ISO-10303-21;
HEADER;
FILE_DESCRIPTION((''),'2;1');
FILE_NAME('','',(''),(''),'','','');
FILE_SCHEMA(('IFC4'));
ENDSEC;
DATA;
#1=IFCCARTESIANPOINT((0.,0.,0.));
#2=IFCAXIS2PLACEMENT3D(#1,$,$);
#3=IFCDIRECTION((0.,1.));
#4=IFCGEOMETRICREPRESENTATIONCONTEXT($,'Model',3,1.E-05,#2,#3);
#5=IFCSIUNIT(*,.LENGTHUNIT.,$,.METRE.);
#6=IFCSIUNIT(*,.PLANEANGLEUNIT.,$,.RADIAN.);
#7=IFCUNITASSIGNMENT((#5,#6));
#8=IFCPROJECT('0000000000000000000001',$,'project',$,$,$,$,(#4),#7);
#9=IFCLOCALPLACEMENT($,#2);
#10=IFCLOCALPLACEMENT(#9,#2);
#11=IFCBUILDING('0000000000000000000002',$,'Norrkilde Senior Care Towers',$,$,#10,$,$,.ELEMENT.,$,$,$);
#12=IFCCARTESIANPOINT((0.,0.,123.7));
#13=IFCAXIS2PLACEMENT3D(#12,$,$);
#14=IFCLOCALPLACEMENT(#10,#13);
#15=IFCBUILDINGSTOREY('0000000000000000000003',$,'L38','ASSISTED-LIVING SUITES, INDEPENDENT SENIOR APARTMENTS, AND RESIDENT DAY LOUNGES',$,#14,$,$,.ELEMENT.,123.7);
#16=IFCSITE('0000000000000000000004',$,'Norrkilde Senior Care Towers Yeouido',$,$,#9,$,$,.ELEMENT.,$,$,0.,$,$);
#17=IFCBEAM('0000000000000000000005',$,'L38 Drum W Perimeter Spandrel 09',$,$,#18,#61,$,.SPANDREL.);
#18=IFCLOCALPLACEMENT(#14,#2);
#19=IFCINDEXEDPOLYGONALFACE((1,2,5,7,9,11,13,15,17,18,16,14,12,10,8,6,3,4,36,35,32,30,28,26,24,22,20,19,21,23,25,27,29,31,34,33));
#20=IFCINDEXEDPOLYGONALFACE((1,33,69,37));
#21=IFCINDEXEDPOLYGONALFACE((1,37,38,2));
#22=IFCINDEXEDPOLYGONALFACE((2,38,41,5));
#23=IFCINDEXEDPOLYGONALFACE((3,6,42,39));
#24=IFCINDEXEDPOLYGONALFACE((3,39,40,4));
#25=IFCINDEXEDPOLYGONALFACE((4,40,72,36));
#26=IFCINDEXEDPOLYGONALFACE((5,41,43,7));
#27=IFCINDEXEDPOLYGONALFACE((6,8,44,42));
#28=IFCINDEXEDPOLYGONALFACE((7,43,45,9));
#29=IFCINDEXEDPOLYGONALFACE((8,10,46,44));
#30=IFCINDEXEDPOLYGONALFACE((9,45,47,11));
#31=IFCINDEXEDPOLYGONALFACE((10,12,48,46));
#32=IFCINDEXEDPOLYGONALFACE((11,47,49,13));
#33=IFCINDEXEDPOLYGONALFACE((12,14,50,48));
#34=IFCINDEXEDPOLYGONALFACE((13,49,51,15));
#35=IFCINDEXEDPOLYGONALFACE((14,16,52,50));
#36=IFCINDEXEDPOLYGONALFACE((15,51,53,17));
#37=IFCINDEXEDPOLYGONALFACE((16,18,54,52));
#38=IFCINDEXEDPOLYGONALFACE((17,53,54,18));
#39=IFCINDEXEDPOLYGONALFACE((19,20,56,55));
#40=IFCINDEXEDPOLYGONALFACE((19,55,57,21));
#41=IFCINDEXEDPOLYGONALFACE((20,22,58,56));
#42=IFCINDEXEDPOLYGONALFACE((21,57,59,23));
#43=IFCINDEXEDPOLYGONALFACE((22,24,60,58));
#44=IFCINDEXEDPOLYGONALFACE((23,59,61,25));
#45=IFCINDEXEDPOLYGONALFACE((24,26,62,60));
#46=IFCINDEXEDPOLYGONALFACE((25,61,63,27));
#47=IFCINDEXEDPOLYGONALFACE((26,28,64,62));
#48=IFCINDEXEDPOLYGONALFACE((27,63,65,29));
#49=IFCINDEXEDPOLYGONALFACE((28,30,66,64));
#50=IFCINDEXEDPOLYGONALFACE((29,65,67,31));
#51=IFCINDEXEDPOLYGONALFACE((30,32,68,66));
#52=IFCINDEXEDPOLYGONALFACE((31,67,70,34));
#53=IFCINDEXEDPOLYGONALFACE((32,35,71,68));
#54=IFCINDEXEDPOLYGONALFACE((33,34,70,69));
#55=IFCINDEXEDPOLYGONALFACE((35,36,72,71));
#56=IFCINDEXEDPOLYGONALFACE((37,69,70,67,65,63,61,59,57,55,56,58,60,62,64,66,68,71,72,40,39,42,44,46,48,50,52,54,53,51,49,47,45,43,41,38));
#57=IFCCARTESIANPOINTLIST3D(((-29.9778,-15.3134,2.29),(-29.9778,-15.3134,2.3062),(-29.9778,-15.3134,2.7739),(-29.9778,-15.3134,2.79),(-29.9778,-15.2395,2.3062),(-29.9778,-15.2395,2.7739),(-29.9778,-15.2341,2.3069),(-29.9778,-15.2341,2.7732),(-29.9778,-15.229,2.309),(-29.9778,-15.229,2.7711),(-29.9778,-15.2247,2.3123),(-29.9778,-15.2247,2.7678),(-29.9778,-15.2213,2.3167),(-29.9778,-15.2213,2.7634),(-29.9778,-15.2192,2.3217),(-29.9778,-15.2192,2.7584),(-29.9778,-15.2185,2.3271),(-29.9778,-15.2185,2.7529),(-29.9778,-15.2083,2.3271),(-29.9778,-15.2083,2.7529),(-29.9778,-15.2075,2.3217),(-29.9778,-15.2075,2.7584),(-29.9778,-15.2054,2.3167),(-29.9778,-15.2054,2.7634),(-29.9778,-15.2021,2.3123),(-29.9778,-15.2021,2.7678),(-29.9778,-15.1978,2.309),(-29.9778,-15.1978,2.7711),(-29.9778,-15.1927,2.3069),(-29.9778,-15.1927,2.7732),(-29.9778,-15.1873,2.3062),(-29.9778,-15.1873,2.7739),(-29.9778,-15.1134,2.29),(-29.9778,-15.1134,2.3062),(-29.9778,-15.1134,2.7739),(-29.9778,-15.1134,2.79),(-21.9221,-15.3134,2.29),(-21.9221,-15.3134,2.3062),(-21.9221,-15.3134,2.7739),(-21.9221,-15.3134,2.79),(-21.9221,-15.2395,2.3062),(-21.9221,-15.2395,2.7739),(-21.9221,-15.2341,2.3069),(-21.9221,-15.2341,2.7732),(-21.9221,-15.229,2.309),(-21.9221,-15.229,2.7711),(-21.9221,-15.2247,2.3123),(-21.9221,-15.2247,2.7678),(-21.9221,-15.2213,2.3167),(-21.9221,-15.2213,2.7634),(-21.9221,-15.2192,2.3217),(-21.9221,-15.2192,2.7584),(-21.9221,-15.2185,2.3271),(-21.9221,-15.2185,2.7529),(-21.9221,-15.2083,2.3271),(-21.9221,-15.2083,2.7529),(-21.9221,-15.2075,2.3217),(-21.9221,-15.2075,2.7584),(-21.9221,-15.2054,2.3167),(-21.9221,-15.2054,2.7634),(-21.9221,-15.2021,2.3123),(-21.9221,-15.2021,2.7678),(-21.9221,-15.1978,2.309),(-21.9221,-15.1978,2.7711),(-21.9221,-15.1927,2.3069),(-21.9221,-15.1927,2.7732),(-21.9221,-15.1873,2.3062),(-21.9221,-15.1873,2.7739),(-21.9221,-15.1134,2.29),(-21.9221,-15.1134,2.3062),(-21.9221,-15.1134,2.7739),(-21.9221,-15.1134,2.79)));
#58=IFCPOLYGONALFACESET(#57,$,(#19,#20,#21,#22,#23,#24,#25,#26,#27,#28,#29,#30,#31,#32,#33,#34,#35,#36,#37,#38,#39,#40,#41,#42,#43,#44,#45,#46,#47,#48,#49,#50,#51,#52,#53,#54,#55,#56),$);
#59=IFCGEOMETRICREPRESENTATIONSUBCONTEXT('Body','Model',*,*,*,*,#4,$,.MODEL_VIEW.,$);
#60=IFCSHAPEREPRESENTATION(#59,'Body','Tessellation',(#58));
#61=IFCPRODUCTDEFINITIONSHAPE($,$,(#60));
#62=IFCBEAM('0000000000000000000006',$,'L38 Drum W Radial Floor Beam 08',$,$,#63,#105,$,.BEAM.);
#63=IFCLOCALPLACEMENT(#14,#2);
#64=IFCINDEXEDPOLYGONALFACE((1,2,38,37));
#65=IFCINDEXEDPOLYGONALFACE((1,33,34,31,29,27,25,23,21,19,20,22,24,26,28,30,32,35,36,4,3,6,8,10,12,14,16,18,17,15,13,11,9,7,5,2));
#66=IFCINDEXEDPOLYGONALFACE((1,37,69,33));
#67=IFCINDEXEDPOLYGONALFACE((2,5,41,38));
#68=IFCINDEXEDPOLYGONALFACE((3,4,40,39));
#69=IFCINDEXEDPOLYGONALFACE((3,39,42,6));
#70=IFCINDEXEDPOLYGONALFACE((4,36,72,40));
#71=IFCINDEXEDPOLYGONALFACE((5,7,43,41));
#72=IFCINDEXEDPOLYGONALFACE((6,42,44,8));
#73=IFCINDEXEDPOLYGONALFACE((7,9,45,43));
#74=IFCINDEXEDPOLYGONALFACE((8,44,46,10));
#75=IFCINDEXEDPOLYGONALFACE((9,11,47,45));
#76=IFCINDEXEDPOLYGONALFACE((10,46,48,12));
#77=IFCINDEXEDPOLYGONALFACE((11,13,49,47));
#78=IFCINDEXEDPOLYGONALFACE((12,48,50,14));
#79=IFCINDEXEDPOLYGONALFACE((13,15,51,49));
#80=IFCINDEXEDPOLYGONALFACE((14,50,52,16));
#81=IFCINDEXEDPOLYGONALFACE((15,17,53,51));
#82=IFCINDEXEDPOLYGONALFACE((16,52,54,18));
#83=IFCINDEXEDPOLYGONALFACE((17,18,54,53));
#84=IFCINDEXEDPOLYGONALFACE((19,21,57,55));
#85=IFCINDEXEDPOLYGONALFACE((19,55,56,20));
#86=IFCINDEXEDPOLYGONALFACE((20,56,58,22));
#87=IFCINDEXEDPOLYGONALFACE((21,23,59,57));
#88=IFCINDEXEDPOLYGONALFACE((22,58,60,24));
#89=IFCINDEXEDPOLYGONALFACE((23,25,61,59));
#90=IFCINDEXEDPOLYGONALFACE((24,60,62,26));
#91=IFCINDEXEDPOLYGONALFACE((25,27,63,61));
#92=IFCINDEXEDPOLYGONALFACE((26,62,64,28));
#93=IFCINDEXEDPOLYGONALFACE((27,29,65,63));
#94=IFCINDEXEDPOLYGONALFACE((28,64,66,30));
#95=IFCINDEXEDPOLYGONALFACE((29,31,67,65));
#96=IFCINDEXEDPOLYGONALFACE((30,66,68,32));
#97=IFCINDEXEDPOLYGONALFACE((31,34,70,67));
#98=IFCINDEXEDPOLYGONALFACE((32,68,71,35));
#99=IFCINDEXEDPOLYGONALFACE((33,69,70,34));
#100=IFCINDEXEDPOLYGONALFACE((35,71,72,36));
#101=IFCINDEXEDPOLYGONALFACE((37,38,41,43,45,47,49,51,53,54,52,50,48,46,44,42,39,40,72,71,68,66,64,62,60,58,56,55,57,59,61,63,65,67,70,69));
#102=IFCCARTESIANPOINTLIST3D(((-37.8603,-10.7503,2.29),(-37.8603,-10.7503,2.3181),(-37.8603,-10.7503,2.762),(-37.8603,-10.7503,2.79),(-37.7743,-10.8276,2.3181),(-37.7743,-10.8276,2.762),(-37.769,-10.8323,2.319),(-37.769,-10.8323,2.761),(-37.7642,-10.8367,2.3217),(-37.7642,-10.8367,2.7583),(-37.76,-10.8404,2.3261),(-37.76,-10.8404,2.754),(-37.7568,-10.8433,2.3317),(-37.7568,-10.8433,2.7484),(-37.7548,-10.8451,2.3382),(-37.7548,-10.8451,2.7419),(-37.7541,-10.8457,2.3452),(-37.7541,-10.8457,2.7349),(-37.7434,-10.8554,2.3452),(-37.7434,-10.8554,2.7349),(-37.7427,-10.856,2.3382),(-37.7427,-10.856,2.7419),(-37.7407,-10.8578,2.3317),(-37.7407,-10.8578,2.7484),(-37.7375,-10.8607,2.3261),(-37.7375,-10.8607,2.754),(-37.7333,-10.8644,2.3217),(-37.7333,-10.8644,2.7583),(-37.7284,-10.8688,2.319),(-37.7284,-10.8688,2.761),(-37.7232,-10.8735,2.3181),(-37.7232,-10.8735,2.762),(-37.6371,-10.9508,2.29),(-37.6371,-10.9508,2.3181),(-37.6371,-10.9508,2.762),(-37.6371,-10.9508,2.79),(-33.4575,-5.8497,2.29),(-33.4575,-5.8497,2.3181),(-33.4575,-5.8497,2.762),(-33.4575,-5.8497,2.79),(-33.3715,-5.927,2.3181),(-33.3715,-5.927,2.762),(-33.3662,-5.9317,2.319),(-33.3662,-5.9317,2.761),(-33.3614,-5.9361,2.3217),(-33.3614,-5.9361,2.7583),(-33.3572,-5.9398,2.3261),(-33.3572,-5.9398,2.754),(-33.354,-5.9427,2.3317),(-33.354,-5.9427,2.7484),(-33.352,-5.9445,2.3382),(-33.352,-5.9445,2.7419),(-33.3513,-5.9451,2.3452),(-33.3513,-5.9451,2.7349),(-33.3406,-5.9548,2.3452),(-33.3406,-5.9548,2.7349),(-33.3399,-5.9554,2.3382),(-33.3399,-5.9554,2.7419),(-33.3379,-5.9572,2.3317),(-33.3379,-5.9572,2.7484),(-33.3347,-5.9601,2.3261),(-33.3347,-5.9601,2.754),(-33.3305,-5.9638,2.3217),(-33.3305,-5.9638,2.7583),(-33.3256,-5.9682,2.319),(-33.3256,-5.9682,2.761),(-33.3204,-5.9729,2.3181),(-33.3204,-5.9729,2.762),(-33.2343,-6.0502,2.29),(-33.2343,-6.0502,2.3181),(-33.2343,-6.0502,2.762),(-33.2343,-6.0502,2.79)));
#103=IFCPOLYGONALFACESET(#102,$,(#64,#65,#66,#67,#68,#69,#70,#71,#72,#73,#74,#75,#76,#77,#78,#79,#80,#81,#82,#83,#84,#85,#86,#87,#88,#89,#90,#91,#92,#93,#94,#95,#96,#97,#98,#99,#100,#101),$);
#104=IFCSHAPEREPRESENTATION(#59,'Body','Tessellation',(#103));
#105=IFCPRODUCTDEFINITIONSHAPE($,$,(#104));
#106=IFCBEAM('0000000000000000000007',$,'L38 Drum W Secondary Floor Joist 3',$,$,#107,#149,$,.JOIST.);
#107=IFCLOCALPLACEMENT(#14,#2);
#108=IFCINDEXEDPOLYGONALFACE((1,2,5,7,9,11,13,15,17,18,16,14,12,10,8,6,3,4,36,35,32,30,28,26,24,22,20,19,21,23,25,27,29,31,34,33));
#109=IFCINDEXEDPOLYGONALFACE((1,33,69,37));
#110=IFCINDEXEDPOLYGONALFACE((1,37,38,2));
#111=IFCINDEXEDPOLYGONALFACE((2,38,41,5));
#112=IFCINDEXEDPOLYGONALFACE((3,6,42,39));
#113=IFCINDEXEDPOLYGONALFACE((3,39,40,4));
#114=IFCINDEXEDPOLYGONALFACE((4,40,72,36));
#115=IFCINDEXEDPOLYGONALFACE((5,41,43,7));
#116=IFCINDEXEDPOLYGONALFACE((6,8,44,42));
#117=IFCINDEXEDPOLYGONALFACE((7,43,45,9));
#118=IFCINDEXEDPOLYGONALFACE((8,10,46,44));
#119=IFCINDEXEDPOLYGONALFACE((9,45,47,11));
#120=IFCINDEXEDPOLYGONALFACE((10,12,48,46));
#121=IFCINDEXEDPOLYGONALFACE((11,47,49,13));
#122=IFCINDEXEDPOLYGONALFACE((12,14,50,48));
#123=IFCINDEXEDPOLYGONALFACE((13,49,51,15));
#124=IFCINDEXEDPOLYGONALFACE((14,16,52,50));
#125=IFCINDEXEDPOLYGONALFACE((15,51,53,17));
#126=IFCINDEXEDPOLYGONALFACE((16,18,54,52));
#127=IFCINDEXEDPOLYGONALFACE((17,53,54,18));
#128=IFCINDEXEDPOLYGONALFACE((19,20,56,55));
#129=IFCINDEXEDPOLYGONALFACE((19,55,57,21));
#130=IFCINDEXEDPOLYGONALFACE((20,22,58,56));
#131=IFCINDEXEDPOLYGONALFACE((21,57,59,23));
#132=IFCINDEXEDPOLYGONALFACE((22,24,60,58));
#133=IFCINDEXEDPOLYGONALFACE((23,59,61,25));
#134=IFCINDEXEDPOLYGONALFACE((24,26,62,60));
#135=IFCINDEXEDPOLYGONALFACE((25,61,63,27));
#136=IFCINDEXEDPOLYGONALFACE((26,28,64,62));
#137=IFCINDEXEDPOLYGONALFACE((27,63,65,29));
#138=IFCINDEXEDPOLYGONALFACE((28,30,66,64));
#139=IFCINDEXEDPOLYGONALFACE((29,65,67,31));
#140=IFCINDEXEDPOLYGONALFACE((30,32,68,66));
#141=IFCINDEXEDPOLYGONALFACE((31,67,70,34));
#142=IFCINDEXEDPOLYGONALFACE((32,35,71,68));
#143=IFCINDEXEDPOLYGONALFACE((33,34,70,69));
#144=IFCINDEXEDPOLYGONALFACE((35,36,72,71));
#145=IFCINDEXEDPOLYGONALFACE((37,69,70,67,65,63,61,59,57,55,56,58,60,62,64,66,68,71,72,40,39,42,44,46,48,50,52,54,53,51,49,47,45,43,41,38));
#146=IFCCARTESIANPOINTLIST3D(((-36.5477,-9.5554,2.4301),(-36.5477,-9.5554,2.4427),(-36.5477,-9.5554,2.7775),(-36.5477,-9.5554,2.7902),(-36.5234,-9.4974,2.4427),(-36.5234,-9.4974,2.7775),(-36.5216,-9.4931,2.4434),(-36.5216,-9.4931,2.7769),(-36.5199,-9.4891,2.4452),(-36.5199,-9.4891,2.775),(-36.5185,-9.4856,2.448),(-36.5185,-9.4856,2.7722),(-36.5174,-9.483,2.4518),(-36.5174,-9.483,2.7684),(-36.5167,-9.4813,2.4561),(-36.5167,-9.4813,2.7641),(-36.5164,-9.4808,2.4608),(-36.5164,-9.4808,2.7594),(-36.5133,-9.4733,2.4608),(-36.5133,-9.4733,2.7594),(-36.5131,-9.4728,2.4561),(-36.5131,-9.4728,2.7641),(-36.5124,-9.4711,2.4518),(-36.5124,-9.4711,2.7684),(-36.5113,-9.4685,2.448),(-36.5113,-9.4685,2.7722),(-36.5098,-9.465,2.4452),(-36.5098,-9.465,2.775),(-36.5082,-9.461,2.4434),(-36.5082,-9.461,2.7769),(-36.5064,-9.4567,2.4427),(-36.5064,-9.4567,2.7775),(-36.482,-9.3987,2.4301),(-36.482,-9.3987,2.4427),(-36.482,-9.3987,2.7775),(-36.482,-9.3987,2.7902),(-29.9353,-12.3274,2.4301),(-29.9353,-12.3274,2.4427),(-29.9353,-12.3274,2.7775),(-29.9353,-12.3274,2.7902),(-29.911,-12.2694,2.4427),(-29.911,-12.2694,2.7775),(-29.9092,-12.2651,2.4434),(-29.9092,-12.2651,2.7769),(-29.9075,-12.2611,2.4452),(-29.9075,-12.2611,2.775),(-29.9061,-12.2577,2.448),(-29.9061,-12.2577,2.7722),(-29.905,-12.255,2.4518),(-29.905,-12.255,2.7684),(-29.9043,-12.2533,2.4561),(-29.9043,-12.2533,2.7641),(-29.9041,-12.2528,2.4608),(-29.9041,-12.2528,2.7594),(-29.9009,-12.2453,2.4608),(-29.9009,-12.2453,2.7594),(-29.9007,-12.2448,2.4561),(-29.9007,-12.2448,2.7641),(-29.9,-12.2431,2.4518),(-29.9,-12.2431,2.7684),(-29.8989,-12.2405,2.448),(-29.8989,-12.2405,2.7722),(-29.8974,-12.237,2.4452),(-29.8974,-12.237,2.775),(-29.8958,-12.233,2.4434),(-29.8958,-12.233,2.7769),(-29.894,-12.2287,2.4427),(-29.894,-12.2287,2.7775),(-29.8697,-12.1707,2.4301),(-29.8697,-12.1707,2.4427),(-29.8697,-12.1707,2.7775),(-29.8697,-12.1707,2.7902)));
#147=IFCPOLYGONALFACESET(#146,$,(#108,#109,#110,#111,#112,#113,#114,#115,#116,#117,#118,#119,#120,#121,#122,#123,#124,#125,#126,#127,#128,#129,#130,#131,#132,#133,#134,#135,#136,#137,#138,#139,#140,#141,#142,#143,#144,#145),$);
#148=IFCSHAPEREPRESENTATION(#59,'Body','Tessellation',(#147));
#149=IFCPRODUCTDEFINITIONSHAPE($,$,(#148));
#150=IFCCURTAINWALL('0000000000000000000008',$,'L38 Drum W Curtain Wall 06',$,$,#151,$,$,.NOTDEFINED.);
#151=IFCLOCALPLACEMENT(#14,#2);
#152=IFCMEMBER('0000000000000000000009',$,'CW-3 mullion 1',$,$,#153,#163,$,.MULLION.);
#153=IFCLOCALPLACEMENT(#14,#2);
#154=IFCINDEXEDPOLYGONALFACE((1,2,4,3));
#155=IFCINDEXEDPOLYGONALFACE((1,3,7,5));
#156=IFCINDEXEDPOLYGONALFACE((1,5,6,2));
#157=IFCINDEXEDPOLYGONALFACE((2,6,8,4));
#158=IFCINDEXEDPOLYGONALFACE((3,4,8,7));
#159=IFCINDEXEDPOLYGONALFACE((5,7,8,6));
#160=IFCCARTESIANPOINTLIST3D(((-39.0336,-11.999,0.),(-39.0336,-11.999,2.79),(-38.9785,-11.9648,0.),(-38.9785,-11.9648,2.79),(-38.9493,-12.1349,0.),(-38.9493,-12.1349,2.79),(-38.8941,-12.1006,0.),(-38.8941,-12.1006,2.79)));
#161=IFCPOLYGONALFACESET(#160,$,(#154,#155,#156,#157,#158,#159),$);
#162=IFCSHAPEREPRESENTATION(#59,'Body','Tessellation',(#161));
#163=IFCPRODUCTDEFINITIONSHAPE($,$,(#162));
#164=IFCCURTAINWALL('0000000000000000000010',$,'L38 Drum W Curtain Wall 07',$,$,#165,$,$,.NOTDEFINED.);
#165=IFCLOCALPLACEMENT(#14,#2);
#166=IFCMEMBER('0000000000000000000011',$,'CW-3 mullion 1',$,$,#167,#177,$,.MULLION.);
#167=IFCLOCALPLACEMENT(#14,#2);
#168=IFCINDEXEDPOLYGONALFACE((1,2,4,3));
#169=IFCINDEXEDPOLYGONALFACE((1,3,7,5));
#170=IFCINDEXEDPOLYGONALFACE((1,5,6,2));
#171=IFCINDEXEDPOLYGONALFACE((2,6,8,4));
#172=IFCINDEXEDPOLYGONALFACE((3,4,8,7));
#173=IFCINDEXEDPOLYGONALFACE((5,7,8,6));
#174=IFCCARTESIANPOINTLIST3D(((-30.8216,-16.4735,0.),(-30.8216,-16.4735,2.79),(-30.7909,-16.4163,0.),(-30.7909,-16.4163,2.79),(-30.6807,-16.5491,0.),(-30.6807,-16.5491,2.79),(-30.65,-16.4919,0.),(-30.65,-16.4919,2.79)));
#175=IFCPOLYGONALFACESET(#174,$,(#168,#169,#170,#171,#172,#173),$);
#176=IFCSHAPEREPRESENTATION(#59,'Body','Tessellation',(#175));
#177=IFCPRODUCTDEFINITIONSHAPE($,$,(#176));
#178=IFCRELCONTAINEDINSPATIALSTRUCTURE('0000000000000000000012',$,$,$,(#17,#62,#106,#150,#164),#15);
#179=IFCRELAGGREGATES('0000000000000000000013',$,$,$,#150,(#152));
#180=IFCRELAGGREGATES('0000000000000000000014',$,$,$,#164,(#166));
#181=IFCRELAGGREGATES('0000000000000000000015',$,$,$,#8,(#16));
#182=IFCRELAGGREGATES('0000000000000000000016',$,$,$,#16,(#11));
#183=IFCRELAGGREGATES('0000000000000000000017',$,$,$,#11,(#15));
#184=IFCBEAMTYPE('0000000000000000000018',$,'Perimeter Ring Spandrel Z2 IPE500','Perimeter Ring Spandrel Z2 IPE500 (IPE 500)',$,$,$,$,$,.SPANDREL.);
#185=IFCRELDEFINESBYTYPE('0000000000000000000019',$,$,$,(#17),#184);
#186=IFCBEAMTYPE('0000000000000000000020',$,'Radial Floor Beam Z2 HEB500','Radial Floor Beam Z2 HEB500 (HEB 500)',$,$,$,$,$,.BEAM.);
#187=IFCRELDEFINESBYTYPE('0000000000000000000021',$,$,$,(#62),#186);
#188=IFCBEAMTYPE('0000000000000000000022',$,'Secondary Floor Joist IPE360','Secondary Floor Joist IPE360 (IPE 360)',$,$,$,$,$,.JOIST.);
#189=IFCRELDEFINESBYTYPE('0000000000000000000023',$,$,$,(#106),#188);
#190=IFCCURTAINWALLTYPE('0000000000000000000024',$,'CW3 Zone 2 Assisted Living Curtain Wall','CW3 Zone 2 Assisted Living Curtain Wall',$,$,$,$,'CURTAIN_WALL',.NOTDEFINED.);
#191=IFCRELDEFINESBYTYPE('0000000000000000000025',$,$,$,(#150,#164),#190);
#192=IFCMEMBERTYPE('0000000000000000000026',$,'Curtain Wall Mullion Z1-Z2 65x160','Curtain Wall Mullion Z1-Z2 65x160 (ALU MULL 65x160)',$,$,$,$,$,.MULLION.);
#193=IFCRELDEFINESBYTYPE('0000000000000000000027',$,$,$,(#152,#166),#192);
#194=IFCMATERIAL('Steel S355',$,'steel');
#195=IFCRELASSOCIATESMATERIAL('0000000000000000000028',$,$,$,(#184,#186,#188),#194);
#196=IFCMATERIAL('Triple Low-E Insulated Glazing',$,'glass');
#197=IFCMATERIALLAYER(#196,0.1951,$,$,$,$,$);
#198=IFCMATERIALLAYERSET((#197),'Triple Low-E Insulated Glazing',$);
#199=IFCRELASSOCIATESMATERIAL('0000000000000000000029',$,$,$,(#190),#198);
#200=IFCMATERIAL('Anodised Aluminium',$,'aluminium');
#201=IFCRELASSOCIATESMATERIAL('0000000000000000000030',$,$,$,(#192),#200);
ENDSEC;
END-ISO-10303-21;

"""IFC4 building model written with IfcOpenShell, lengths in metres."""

from ifc_helpers import new_model, si_unit, direction, frame, origin, origin_2d, place, context, subcontext, project, spatial, rectangle, i_section, extrude, source, transform, mapped, material, layer, layer_set, material_profile, profile_set, type_object, type_shapes, element, aggregate, save


model = new_model("IFC4")

# Units and contexts
model_context = context("Model", 3, precision=1e-05, world=origin(), true_north=direction((0.0, 1.0)))
body_context = subcontext(model_context, "Body", "Model", "MODEL_VIEW")
ifc_project = project(units=[si_unit("LENGTHUNIT", "METRE"), si_unit("PLANEANGLEUNIT", "RADIAN")], contexts=[model_context])

# Site, building, storey
site_placement = place(None, origin())
site = spatial("IfcSite", under=ifc_project, at=site_placement, Name="Norrkilde Senior Care Towers Yeouido", CompositionType="ELEMENT", RefElevation=0.0)
building_placement = place(site_placement, origin())
building = spatial("IfcBuilding", under=site, at=building_placement, Name="Norrkilde Senior Care Towers", CompositionType="ELEMENT")
storey_placement = place(building_placement, frame((0.0, 0.0, 123.7)))
storey = spatial("IfcBuildingStorey", under=building, at=storey_placement, Name="L38", Description="ASSISTED-LIVING SUITES, INDEPENDENT SENIOR APARTMENTS, AND RESIDENT DAY LOUNGES", CompositionType="ELEMENT", Elevation=123.7)

# Beams
ifc_material_1 = material(Name="Steel S355", Category="steel")
ifc_material_profile_1 = material_profile(ifc_material_1, i_section(OverallWidth=0.2, OverallDepth=0.5, WebThickness=0.0103, FlangeThickness=0.0161, FilletRadius=0.021, at=origin_2d()), Name="IPE 500")
ifc_profile_set_1 = profile_set([ifc_material_profile_1], Name="Steel S355")
beam_type_1 = type_object("IfcBeamType", Name="Perimeter Ring Spandrel Z2 IPE500", Description="Perimeter Ring Spandrel Z2 IPE500 (IPE 500)", PredefinedType="SPANDREL", material=ifc_profile_set_1)
shared_shape_1 = source(origin(), body_context, "Body", "SweptSolid", [
    extrude(i_section(OverallWidth=0.2, OverallDepth=0.5, WebThickness=0.0103, FlangeThickness=0.0161, FilletRadius=0.021, at=origin_2d()), origin(), (0.0, 0.0, 1.0), 8.0557),
])
beam_1_placement = place(storey_placement, frame((-29.9778, -15.2134, 2.54), z_axis=(1.0, 0.0, 0.0), x_axis=(0.0, 1.0, 0.0)))
element("IfcBeam", 1, at=beam_1_placement, inside=storey, type_object=beam_type_1, Name="L38 Drum W Perimeter Spandrel 09", PredefinedType="SPANDREL", context=body_context, shape_type="MappedRepresentation", body=[
    mapped(shared_shape_1, transform((0.0, 0.0, 0.0), x_axis=(1.0, 0.0, 0.0), y_axis=(0.0, 1.0, 0.0), z_axis=(0.0, 0.0, 1.0), scale=1.0)),
])
ifc_material_profile_2 = material_profile(ifc_material_1, i_section(OverallWidth=0.3, OverallDepth=0.5, WebThickness=0.0144, FlangeThickness=0.0281, FilletRadius=0.0271, at=origin_2d()), Name="HEB 500")
ifc_profile_set_2 = profile_set([ifc_material_profile_2], Name="Steel S355")
beam_type_2 = type_object("IfcBeamType", Name="Radial Floor Beam Z2 HEB500", Description="Radial Floor Beam Z2 HEB500 (HEB 500)", PredefinedType="BEAM", material=ifc_profile_set_2)
shared_shape_2 = source(origin(), body_context, "Body", "SweptSolid", [
    extrude(i_section(OverallWidth=0.3, OverallDepth=0.5, WebThickness=0.0144, FlangeThickness=0.0281, FilletRadius=0.0271, at=origin_2d()), origin(), (0.0, 0.0, 1.0), 6.5879),
])
type_shapes(beam_type_2, [shared_shape_2])
beam_2_placement = place(storey_placement, frame((-33.3459, -5.95, 2.54), z_axis=(-0.668315, -0.743878, 0.0), x_axis=(0.743878, -0.668315, 0.0)))
element("IfcBeam", 2, at=beam_2_placement, inside=storey, type_object=beam_type_2, Name="L38 Drum W Radial Floor Beam 08", PredefinedType="BEAM", context=body_context, shape_type="MappedRepresentation", body=[
    mapped(shared_shape_2, transform((0.0, 0.0, 0.0), x_axis=(1.0, 0.0, 0.0), y_axis=(0.0, 1.0, 0.0), z_axis=(0.0, 0.0, 1.0), scale=1.0)),
])
ifc_material_profile_3 = material_profile(ifc_material_1, i_section(OverallWidth=0.1699, OverallDepth=0.3601, WebThickness=0.0081, FlangeThickness=0.0127, FilletRadius=0.0181, at=origin_2d()), Name="IPE 360")
ifc_profile_set_3 = profile_set([ifc_material_profile_3], Name="Steel S355")
beam_type_3 = type_object("IfcBeamType", Name="Secondary Floor Joist IPE360", Description="Secondary Floor Joist IPE360 (IPE 360)", PredefinedType="JOIST", material=ifc_profile_set_3)
shared_shape_3 = source(origin(), body_context, "Body", "SweptSolid", [
    extrude(i_section(OverallWidth=0.1699, OverallDepth=0.3601, WebThickness=0.0081, FlangeThickness=0.0127, FilletRadius=0.0181, at=origin_2d()), origin(), (0.0, 0.0, 1.0), 7.1699),
])
type_shapes(beam_type_3, [shared_shape_3])
beam_3_placement = place(storey_placement, frame((-36.5149, -9.4771, 2.6101), z_axis=(0.922241, -0.386616, 0.0), x_axis=(0.386616, 0.922241, 0.0)))
element("IfcBeam", 3, at=beam_3_placement, inside=storey, type_object=beam_type_3, Name="L38 Drum W Secondary Floor Joist 3", PredefinedType="JOIST", context=body_context, shape_type="MappedRepresentation", body=[
    mapped(shared_shape_3, transform((0.0, 0.0, 0.0), x_axis=(1.0, 0.0, 0.0), y_axis=(0.0, 1.0, 0.0), z_axis=(0.0, 0.0, 1.0), scale=1.0)),
])

# Curtain wall, member
ifc_material_2 = material(Name="Triple Low-E Insulated Glazing", Category="glass")
ifc_layer_1 = layer(ifc_material_2, 0.1951)
ifc_layer_set_1 = layer_set([ifc_layer_1], Name="Triple Low-E Insulated Glazing")
curtain_wall_type = type_object("IfcCurtainWallType", Name="CW3 Zone 2 Assisted Living Curtain Wall", Description="CW3 Zone 2 Assisted Living Curtain Wall", ElementType="CURTAIN_WALL", PredefinedType="NOTDEFINED", material=ifc_layer_set_1)
curtain_wall_1_placement = place(storey_placement, origin())
curtain_wall_1 = element("IfcCurtainWall", 4, at=curtain_wall_1_placement, inside=storey, type_object=curtain_wall_type, Name="L38 Drum W Curtain Wall 06", PredefinedType="NOTDEFINED")
ifc_material_3 = material(Name="Anodised Aluminium", Category="aluminium")
ifc_material_profile_4 = material_profile(ifc_material_3, rectangle(XDim=0.0649, YDim=0.1599, at=origin_2d()), Name="ALU MULL 65x160")
ifc_profile_set_4 = profile_set([ifc_material_profile_4], Name="Anodised Aluminium")
member_type_1 = type_object("IfcMemberType", Name="Curtain Wall Mullion Z1-Z2 65x160", Description="Curtain Wall Mullion Z1-Z2 65x160 (ALU MULL 65x160)", PredefinedType="MULLION", material=ifc_profile_set_4)
shared_shape_4 = source(origin(), body_context, "Body", "SweptSolid", [
    extrude(rectangle(XDim=0.0649, YDim=0.1599, at=origin_2d()), origin(), (0.0, 0.0, 1.0), 2.79),
])
type_shapes(member_type_1, [shared_shape_4])
member_1_placement = place(storey_placement, frame((-38.9639, -12.0498, 0.0), z_axis=(0.0, 0.0, 1.0), x_axis=(-0.84941, -0.527733, 0.0)))
member_1 = element("IfcMember", 5, at=member_1_placement, type_object=member_type_1, Name="CW-3 mullion 1", PredefinedType="MULLION", context=body_context, shape_type="MappedRepresentation", body=[
    mapped(shared_shape_4, transform((0.0, 0.0, 0.0), x_axis=(1.0, 0.0, 0.0), y_axis=(0.0, 1.0, 0.0), z_axis=(0.0, 0.0, 1.0), scale=1.0)),
])

# Curtain wall, member
curtain_wall_2_placement = place(storey_placement, origin())
curtain_wall_2 = element("IfcCurtainWall", 6, at=curtain_wall_2_placement, inside=storey, type_object=curtain_wall_type, Name="L38 Drum W Curtain Wall 07", PredefinedType="NOTDEFINED")
member_2_placement = place(storey_placement, frame((-30.7358, -16.4827, 0.0), z_axis=(0.0, 0.0, 1.0), x_axis=(-0.472769, -0.881186, 0.0)))
member_2 = element("IfcMember", 7, at=member_2_placement, type_object=member_type_1, Name="CW-3 mullion 1", PredefinedType="MULLION", context=body_context, shape_type="MappedRepresentation", body=[
    mapped(shared_shape_4, transform((0.0, 0.0, 0.0), x_axis=(1.0, 0.0, 0.0), y_axis=(0.0, 1.0, 0.0), z_axis=(0.0, 0.0, 1.0), scale=1.0)),
])

aggregate(curtain_wall_1, [member_1])
aggregate(curtain_wall_2, [member_2])

save(model, "model.ifc")
